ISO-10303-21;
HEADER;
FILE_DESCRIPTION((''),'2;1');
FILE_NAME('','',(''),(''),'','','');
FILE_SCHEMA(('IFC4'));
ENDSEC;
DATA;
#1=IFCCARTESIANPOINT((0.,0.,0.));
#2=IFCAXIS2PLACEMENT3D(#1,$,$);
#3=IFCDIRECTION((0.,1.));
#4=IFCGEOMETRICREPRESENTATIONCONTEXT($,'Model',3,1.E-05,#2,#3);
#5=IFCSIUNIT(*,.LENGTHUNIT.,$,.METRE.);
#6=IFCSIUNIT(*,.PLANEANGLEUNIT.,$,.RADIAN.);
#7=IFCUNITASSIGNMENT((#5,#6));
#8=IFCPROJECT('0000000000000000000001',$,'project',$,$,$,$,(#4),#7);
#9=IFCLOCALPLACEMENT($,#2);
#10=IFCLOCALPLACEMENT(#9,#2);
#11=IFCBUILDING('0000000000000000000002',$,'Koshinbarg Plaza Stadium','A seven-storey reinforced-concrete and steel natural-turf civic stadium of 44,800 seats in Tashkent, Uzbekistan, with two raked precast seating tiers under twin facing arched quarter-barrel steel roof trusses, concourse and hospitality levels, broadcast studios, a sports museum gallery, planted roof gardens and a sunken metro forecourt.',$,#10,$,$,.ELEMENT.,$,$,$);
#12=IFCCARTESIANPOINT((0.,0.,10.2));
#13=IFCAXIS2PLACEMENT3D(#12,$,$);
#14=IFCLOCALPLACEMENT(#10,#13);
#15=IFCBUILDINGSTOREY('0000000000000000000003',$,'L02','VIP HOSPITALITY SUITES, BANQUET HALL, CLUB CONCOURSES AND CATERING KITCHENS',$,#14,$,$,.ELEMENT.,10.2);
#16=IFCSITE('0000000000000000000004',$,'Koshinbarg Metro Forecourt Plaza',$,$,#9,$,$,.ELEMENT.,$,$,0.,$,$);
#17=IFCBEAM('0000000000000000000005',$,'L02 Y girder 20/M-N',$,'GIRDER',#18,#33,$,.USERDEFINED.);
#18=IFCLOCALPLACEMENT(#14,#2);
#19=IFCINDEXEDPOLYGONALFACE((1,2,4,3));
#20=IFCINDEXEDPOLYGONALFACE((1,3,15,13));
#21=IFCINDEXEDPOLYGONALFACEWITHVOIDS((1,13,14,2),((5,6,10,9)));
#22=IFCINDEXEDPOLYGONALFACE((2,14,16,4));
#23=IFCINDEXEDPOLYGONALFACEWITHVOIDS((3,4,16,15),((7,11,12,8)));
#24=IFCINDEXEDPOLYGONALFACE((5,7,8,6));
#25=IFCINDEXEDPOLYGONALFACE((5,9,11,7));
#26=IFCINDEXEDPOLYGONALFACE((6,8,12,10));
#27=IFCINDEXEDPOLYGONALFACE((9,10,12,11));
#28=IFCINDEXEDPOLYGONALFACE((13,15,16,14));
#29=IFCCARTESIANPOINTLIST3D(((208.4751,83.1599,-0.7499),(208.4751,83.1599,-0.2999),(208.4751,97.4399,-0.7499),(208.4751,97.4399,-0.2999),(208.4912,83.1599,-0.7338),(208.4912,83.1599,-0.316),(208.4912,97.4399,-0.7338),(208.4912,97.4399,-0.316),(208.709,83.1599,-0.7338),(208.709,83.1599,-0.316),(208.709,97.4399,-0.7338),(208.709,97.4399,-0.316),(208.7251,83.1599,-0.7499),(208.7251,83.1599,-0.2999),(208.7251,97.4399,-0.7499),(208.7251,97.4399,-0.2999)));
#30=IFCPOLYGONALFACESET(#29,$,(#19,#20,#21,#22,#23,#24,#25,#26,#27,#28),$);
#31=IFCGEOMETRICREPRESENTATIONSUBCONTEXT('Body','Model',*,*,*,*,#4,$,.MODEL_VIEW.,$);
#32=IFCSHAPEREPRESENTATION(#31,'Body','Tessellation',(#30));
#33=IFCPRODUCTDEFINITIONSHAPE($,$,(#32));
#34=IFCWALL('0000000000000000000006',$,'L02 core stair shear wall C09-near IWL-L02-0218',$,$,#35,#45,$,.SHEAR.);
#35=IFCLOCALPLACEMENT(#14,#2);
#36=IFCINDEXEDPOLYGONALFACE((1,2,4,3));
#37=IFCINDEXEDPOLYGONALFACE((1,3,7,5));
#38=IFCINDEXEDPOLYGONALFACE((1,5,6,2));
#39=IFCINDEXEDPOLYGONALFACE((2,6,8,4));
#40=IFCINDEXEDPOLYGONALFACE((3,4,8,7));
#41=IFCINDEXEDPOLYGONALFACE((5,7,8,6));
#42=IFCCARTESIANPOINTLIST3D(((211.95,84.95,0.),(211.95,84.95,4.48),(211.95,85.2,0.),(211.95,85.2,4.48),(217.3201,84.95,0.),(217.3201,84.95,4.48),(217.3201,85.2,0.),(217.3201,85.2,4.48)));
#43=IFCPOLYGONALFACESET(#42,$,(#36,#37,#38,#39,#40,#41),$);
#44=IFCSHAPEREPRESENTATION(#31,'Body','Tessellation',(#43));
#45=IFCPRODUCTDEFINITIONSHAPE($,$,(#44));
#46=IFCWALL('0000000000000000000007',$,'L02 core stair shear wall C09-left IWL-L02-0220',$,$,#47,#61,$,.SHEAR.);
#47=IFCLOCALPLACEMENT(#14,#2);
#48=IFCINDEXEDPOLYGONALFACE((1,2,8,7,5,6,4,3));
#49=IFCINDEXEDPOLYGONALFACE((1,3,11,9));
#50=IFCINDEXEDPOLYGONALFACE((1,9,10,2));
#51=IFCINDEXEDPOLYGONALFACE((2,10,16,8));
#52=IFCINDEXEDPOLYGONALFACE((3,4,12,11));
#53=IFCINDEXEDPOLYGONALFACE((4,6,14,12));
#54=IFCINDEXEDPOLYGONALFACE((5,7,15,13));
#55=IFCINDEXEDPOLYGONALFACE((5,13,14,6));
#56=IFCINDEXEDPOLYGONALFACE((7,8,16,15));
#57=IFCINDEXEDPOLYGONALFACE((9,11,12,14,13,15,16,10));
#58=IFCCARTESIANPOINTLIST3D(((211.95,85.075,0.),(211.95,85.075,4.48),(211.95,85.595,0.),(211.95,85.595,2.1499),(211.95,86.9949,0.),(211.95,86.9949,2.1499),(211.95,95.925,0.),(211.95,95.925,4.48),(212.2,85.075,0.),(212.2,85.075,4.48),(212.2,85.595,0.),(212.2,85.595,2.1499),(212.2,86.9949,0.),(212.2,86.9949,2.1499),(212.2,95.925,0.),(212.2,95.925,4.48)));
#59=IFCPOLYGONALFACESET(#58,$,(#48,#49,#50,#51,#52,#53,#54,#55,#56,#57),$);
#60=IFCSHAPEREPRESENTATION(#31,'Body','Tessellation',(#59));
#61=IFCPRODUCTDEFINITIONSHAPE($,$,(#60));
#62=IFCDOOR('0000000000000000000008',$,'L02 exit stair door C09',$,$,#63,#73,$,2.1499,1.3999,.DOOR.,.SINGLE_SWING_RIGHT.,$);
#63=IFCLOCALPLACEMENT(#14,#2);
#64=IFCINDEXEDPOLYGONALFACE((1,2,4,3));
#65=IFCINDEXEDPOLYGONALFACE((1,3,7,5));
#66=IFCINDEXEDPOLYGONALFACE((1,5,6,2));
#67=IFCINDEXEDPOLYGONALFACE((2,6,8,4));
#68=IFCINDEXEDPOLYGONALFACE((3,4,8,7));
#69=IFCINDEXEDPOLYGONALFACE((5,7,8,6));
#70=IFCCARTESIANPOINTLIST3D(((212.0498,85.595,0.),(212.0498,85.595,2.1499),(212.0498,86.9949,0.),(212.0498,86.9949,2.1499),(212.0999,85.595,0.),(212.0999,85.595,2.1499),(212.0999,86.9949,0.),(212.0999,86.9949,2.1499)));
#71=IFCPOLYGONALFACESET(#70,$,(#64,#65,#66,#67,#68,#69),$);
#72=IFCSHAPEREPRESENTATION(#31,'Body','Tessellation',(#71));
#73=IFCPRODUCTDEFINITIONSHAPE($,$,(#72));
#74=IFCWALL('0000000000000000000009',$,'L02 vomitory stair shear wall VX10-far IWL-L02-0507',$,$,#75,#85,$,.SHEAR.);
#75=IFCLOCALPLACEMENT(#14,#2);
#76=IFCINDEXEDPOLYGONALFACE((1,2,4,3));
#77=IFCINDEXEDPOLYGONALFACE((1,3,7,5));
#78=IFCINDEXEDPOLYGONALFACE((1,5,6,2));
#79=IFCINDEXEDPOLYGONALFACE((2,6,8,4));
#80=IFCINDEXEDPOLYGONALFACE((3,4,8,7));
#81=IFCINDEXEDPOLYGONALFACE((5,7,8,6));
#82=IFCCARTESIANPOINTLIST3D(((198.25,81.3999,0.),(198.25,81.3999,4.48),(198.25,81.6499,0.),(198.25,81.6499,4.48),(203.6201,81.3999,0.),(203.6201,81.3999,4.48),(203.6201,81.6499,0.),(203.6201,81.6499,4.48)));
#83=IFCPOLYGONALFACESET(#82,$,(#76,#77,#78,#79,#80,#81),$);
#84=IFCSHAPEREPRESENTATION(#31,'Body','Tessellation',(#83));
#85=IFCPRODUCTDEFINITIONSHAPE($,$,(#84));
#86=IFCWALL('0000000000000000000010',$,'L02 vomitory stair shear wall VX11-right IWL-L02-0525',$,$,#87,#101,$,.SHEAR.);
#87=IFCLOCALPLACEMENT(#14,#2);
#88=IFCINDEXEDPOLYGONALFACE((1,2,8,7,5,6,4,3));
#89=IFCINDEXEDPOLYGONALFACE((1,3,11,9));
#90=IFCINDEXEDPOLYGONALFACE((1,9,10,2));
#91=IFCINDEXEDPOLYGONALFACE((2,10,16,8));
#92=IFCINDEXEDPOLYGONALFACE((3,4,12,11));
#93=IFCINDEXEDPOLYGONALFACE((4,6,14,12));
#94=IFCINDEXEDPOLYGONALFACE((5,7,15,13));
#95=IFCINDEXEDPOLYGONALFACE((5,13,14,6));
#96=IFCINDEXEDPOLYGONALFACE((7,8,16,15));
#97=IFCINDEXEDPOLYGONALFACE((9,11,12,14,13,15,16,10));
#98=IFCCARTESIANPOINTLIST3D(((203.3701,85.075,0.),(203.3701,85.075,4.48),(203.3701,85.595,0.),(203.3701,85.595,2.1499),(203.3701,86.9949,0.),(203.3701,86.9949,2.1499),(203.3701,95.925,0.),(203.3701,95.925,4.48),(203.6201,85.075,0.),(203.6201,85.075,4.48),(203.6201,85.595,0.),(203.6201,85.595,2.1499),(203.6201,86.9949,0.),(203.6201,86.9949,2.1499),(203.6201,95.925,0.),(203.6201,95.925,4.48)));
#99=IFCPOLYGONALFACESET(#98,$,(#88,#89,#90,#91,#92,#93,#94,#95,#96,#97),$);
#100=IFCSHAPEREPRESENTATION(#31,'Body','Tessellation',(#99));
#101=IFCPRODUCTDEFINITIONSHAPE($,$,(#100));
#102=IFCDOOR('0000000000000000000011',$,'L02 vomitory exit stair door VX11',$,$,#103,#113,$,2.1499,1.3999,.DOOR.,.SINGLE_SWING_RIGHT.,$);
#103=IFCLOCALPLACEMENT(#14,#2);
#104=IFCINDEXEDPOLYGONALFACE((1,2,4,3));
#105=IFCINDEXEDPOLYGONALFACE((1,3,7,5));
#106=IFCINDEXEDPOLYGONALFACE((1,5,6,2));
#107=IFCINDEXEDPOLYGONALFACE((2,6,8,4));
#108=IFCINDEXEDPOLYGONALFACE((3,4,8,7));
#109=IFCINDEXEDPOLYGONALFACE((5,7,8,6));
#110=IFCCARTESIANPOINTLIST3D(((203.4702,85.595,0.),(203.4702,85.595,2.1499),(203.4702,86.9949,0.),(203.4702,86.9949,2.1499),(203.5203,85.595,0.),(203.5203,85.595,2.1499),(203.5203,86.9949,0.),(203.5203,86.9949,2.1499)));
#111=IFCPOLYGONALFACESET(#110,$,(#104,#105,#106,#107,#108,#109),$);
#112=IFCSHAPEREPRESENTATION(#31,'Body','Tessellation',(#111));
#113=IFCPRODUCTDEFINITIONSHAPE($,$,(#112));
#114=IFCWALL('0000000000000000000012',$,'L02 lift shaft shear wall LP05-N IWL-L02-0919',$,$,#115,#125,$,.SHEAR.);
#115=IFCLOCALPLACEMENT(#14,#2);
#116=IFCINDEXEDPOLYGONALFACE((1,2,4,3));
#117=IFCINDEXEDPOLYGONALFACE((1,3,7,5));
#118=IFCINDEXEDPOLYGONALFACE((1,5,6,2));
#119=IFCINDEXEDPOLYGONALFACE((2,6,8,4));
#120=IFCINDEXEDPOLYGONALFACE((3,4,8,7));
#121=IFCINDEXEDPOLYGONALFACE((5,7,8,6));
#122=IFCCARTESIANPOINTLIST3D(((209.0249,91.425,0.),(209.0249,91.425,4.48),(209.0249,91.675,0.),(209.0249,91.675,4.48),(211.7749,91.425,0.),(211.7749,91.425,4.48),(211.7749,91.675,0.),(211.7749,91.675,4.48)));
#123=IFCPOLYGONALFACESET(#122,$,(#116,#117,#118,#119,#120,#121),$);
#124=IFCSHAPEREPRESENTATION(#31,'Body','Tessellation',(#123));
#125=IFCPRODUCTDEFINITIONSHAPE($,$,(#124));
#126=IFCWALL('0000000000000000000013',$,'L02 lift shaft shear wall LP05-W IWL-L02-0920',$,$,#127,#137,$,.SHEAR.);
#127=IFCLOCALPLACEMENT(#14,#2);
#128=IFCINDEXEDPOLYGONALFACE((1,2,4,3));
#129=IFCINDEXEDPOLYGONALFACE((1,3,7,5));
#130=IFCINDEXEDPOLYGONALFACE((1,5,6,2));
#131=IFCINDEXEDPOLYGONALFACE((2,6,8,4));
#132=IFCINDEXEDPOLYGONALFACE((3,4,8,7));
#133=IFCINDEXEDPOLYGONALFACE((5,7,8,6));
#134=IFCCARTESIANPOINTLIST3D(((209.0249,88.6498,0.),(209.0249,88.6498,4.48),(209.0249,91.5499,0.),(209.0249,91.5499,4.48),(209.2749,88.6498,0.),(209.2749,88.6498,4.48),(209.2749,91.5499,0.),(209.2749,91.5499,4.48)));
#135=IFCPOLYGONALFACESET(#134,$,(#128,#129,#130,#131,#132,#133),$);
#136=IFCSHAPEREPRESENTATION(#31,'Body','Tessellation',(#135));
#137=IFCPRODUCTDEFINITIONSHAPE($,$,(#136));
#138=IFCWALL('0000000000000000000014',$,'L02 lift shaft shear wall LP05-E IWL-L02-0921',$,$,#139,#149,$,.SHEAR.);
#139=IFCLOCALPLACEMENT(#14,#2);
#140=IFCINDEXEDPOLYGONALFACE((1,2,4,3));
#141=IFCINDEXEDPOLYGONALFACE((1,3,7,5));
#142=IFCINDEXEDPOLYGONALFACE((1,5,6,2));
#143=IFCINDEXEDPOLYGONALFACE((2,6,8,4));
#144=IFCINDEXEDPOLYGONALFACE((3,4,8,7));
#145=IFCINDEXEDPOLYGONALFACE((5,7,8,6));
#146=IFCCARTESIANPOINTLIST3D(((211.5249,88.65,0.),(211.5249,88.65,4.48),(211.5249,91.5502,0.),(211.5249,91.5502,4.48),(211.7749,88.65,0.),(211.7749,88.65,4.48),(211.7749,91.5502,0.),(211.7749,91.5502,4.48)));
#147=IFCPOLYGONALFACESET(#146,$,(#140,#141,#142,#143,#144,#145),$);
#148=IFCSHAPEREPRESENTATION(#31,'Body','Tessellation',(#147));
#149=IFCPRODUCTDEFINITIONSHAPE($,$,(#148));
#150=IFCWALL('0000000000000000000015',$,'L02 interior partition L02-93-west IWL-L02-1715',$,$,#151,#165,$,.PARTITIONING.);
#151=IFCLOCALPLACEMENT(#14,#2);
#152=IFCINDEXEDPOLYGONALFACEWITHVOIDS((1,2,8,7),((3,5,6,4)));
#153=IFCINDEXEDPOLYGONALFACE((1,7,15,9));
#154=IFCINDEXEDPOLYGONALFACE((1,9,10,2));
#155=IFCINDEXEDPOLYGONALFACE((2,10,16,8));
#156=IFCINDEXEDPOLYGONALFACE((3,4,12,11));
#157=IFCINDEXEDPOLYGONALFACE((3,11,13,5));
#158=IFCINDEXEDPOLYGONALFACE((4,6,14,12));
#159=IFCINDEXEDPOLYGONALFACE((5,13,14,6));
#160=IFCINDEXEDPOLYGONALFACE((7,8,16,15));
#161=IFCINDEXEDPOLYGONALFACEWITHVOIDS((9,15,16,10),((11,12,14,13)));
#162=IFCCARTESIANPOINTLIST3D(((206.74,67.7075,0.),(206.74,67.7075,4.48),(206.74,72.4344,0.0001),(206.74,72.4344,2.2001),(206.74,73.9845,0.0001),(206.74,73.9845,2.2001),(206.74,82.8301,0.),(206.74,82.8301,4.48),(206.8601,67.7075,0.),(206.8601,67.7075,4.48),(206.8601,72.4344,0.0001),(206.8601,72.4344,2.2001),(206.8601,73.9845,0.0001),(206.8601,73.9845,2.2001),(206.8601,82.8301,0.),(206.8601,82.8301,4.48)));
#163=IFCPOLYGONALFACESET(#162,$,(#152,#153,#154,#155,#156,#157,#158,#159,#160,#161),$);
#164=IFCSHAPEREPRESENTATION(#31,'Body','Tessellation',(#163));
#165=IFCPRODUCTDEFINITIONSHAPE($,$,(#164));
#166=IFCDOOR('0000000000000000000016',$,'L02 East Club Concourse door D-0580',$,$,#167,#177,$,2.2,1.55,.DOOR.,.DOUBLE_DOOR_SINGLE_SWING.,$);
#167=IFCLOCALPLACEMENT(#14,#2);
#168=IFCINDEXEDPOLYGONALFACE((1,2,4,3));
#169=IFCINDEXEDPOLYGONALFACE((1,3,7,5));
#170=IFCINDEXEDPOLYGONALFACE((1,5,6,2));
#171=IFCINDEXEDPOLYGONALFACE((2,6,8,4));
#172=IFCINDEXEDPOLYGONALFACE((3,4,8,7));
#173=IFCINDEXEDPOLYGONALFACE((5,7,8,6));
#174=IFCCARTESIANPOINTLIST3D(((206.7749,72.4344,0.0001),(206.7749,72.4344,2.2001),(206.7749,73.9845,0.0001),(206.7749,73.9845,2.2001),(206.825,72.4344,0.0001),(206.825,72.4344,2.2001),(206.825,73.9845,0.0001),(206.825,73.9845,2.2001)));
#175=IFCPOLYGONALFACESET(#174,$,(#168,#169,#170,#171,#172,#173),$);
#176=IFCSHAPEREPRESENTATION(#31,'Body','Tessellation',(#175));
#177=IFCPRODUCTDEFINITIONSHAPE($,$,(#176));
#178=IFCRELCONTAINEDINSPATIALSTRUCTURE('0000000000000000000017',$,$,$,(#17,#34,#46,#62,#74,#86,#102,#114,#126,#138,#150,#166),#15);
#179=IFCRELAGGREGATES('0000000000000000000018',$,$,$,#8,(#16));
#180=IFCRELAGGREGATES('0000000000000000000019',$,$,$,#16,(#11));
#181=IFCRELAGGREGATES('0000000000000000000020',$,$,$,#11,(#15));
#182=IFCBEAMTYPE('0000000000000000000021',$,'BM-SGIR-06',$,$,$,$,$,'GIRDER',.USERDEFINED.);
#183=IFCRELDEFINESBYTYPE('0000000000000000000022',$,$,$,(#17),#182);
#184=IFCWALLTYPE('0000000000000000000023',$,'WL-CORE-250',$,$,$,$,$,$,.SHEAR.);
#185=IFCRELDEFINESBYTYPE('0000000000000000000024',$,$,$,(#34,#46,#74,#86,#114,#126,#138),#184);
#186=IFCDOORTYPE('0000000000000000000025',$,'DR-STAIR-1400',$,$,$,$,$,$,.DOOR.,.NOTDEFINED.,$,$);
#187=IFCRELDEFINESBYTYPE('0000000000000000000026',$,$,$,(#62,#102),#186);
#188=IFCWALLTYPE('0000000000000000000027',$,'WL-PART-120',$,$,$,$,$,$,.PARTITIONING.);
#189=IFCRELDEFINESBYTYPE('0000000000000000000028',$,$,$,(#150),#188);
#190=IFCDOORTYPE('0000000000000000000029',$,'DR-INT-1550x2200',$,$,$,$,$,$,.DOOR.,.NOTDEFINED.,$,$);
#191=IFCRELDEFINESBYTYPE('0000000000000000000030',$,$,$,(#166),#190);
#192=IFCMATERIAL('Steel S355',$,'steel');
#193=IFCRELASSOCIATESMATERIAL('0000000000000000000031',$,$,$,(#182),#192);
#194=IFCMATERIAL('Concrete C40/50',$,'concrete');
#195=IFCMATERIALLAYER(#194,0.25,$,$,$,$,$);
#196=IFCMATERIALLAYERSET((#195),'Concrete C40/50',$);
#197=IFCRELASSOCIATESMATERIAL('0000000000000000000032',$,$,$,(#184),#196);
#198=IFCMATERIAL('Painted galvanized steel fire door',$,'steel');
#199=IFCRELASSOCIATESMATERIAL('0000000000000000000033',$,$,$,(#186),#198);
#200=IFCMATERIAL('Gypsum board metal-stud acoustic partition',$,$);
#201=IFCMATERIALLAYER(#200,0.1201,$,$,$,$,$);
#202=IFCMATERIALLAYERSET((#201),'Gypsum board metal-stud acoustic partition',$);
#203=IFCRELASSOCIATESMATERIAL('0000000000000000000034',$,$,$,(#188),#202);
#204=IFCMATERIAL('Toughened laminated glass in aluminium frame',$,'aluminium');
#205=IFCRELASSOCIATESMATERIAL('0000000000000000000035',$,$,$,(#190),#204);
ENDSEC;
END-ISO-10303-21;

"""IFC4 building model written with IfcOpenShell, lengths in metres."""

from ifc_helpers import new_model, si_unit, direction, frame, frame_2d, origin, origin_2d, place, context, subcontext, project, spatial, rectangle, hollow_rectangle, extrude, material, layer, layer_set, material_profile, profile_set, type_object, element, fill, save


model = new_model("IFC4")

# Units and contexts
model_context = context("Model", 3, precision=1e-05, world=origin(), true_north=direction((0.0, 1.0)))
body_context = subcontext(model_context, "Body", "Model", "MODEL_VIEW")
ifc_project = project(units=[si_unit("LENGTHUNIT", "METRE"), si_unit("PLANEANGLEUNIT", "RADIAN")], contexts=[model_context])

# Site, building, storey
site_placement = place(None, origin())
site = spatial("IfcSite", under=ifc_project, at=site_placement, Name="Koshinbarg Metro Forecourt Plaza", CompositionType="ELEMENT", RefElevation=0.0)
building_placement = place(site_placement, origin())
building = spatial("IfcBuilding", under=site, at=building_placement, Name="Koshinbarg Plaza Stadium", Description="A seven-storey reinforced-concrete and steel natural-turf civic stadium of 44,800 seats in Tashkent, Uzbekistan, with two raked precast seating tiers under twin facing arched quarter-barrel steel roof trusses, concourse and hospitality levels, broadcast studios, a sports museum gallery, planted roof gardens and a sunken metro forecourt.", CompositionType="ELEMENT")
storey_placement = place(building_placement, frame((0.0, 0.0, 10.2)))
storey = spatial("IfcBuildingStorey", under=building, at=storey_placement, Name="L02", Description="VIP HOSPITALITY SUITES, BANQUET HALL, CLUB CONCOURSES AND CATERING KITCHENS", CompositionType="ELEMENT", Elevation=10.2)

# Shared definitions
ifc_material_1 = material(Name="Concrete C40/50", Category="concrete")

# Beam
ifc_material_2 = material(Name="Steel S355", Category="steel")
ifc_material_profile_1 = material_profile(ifc_material_2, hollow_rectangle(XDim=0.25, YDim=0.45, WallThickness=0.0161, at=origin_2d()), Name="RHS 450x250x16")
ifc_profile_set_1 = profile_set([ifc_material_profile_1], Name="Steel S355")
beam_type_1 = type_object("IfcBeamType", Name="BM-SGIR-06", ElementType="GIRDER", PredefinedType="USERDEFINED", material=ifc_profile_set_1)
beam_1_placement = place(storey_placement, frame((208.6001, 83.1599, -0.5249), z_axis=(0.0, 1.0, 0.0), x_axis=(-1.0, 0.0, 0.0)))
element("IfcBeam", 1, at=beam_1_placement, inside=storey, type_object=beam_type_1, Name="L02 Y girder 20/M-N", ObjectType="GIRDER", PredefinedType="USERDEFINED", context=body_context, shape_type="SweptSolid", body=[
    extrude(hollow_rectangle(XDim=0.25, YDim=0.45, WallThickness=0.0161, at=origin_2d()), origin(), (0.0, 0.0, 1.0), 14.28),
])

# Wall
ifc_layer_1 = layer(ifc_material_1, 0.25)
ifc_layer_set_1 = layer_set([ifc_layer_1], Name="Concrete C40/50")
wall_type_1 = type_object("IfcWallType", Name="WL-CORE-250", PredefinedType="SHEAR", material=ifc_layer_set_1)
wall_1_placement = place(storey_placement, frame((211.95, 85.075, 0.0), z_axis=(0.0, 0.0, 1.0), x_axis=(1.0, 0.0, 0.0)))
element("IfcWall", 2, at=wall_1_placement, inside=storey, type_object=wall_type_1, Name="L02 core stair shear wall C09-near IWL-L02-0218", PredefinedType="SHEAR", context=body_context, shape_type="SweptSolid", body=[
    extrude(rectangle(XDim=5.3701, YDim=0.25, at=frame_2d((2.6851, 0.0))), origin(), (0.0, 0.0, 1.0), 4.48),
])

# Wall, opening, door
wall_2_placement = place(storey_placement, frame((212.075, 85.075, 0.0), z_axis=(0.0, 0.0, 1.0), x_axis=(0.0, 1.0, 0.0)))
wall_2 = element("IfcWall", 3, at=wall_2_placement, inside=storey, type_object=wall_type_1, Name="L02 core stair shear wall C09-left IWL-L02-0220", PredefinedType="SHEAR", context=body_context, shape_type="SweptSolid", body=[
    extrude(rectangle(XDim=10.8501, YDim=0.25, at=frame_2d((5.425, 0.0))), origin(), (0.0, 0.0, 1.0), 4.48),
])
opening_1_placement = place(wall_2_placement, frame((0.52, 0.0, 0.0)))
opening_1 = element("IfcOpeningElement", 4, at=opening_1_placement, cuts=wall_2, PredefinedType="OPENING", context=body_context, shape_type="SweptSolid", body=[
    extrude(rectangle(XDim=1.3999, YDim=2.1499, at=frame_2d((0.7, 1.075))), frame((0.0, 0.135, 0.0), z_axis=(0.0, -1.0, 0.0), x_axis=(1.0, 0.0, 0.0)), (0.0, 0.0, 1.0), 0.27),
])
ifc_material_3 = material(Name="Painted galvanized steel fire door", Category="steel")
door_type_1 = type_object("IfcDoorType", Name="DR-STAIR-1400", OperationType="NOTDEFINED", PredefinedType="DOOR", material=ifc_material_3)
door_1_placement = place(opening_1_placement, frame((1.3999, 0.0, 0.0), z_axis=(0.0, 0.0, 1.0), x_axis=(-1.0, 0.0, 0.0)))
door_1 = element("IfcDoor", 5, at=door_1_placement, inside=storey, type_object=door_type_1, Name="L02 exit stair door C09", OperationType="SINGLE_SWING_RIGHT", OverallHeight=2.1499, OverallWidth=1.3999, PredefinedType="DOOR", context=body_context, shape_type="SweptSolid", body=[
    extrude(rectangle(XDim=1.3999, YDim=2.1499, at=frame_2d((0.7, 1.075))), frame((0.0, 0.0249, 0.0), z_axis=(0.0, -1.0, 0.0), x_axis=(1.0, 0.0, 0.0)), (0.0, 0.0, 1.0), 0.05),
])
fill(opening_1, door_1)

# Wall
wall_3_placement = place(storey_placement, frame((203.6201, 81.5249, 0.0), z_axis=(0.0, 0.0, 1.0), x_axis=(-1.0, 0.0, 0.0)))
element("IfcWall", 6, at=wall_3_placement, inside=storey, type_object=wall_type_1, Name="L02 vomitory stair shear wall VX10-far IWL-L02-0507", PredefinedType="SHEAR", context=body_context, shape_type="SweptSolid", body=[
    extrude(rectangle(XDim=5.3701, YDim=0.25, at=frame_2d((2.6851, 0.0))), origin(), (0.0, 0.0, 1.0), 4.48),
])

# Wall, opening, door
wall_4_placement = place(storey_placement, frame((203.4951, 85.075, 0.0), z_axis=(0.0, 0.0, 1.0), x_axis=(0.0, 1.0, 0.0)))
wall_4 = element("IfcWall", 7, at=wall_4_placement, inside=storey, type_object=wall_type_1, Name="L02 vomitory stair shear wall VX11-right IWL-L02-0525", PredefinedType="SHEAR", context=body_context, shape_type="SweptSolid", body=[
    extrude(rectangle(XDim=10.8501, YDim=0.25, at=frame_2d((5.425, 0.0))), origin(), (0.0, 0.0, 1.0), 4.48),
])
opening_2_placement = place(wall_4_placement, frame((0.52, 0.0, 0.0)))
opening_2 = element("IfcOpeningElement", 8, at=opening_2_placement, cuts=wall_4, PredefinedType="OPENING", context=body_context, shape_type="SweptSolid", body=[
    extrude(rectangle(XDim=1.3999, YDim=2.1499, at=frame_2d((0.7, 1.075))), frame((0.0, 0.135, 0.0), z_axis=(0.0, -1.0, 0.0), x_axis=(1.0, 0.0, 0.0)), (0.0, 0.0, 1.0), 0.27),
])
door_2_placement = place(opening_2_placement, origin())
door_2 = element("IfcDoor", 9, at=door_2_placement, inside=storey, type_object=door_type_1, Name="L02 vomitory exit stair door VX11", OperationType="SINGLE_SWING_RIGHT", OverallHeight=2.1499, OverallWidth=1.3999, PredefinedType="DOOR", context=body_context, shape_type="SweptSolid", body=[
    extrude(rectangle(XDim=1.3999, YDim=2.1499, at=frame_2d((0.7, 1.075))), frame((0.0, 0.0249, 0.0), z_axis=(0.0, -1.0, 0.0), x_axis=(1.0, 0.0, 0.0)), (0.0, 0.0, 1.0), 0.05),
])
fill(opening_2, door_2)

# Walls
wall_5_placement = place(storey_placement, frame((211.7749, 91.55, 0.0), z_axis=(0.0, 0.0, 1.0), x_axis=(-1.0, 0.0, 0.0)))
element("IfcWall", 10, at=wall_5_placement, inside=storey, type_object=wall_type_1, Name="L02 lift shaft shear wall LP05-N IWL-L02-0919", PredefinedType="SHEAR", context=body_context, shape_type="SweptSolid", body=[
    extrude(rectangle(XDim=2.75, YDim=0.25, at=frame_2d((1.375, 0.0))), origin(), (0.0, 0.0, 1.0), 4.48),
])
for number, where, z_axis, x_axis, name in (
    (11, (209.1499, 91.55, 0.0), (0.0, 0.0, 1.0), (0.0, -1.0, 0.0), "L02 lift shaft shear wall LP05-W IWL-L02-0920"),
    (12, (211.6499, 88.6499, 0.0), (0.0, 0.0, 1.0), (0.0, 1.0, 0.0), "L02 lift shaft shear wall LP05-E IWL-L02-0921"),
):
    element("IfcWall", number, at=place(storey_placement, frame(where, z_axis=z_axis, x_axis=x_axis)), inside=storey, type_object=wall_type_1, Name=name, PredefinedType="SHEAR", context=body_context, shape_type="SweptSolid", body=[
        extrude(rectangle(XDim=2.9001, YDim=0.25, at=frame_2d((1.4502, 0.0))), origin(), (0.0, 0.0, 1.0), 4.48),
    ])

# Wall, opening, door
ifc_material_4 = material(Name="Gypsum board metal-stud acoustic partition")
ifc_layer_2 = layer(ifc_material_4, 0.1201)
ifc_layer_set_2 = layer_set([ifc_layer_2], Name="Gypsum board metal-stud acoustic partition")
wall_type_2 = type_object("IfcWallType", Name="WL-PART-120", PredefinedType="PARTITIONING", material=ifc_layer_set_2)
wall_6_placement = place(storey_placement, frame((206.8, 82.8301, 0.0), z_axis=(0.0, 0.0, 1.0), x_axis=(0.0, -1.0, 0.0)))
wall_6 = element("IfcWall", 13, at=wall_6_placement, inside=storey, type_object=wall_type_2, Name="L02 interior partition L02-93-west IWL-L02-1715", PredefinedType="PARTITIONING", context=body_context, shape_type="SweptSolid", body=[
    extrude(rectangle(XDim=15.1226, YDim=0.1201, at=frame_2d((7.5613, 0.0))), origin(), (0.0, 0.0, 1.0), 4.48),
])
opening_3_placement = place(wall_6_placement, frame((8.8457, 0.0, 0.0)))
opening_3 = element("IfcOpeningElement", 14, at=opening_3_placement, cuts=wall_6, PredefinedType="OPENING", context=body_context, shape_type="SweptSolid", body=[
    extrude(rectangle(XDim=1.55, YDim=2.2, at=frame_2d((0.7749, 1.1001))), frame((0.0, 0.0701, 0.0), z_axis=(0.0, -1.0, 0.0), x_axis=(1.0, 0.0, 0.0)), (0.0, 0.0, 1.0), 0.1401),
])
ifc_material_5 = material(Name="Toughened laminated glass in aluminium frame", Category="aluminium")
door_type_2 = type_object("IfcDoorType", Name="DR-INT-1550x2200", OperationType="NOTDEFINED", PredefinedType="DOOR", material=ifc_material_5)
door_3_placement = place(opening_3_placement, origin())
door_3 = element("IfcDoor", 15, at=door_3_placement, inside=storey, type_object=door_type_2, Name="L02 East Club Concourse door D-0580", OperationType="DOUBLE_DOOR_SINGLE_SWING", OverallHeight=2.2, OverallWidth=1.55, PredefinedType="DOOR", context=body_context, shape_type="SweptSolid", body=[
    extrude(rectangle(XDim=1.55, YDim=2.2, at=frame_2d((0.7749, 1.1001))), frame((0.0, 0.0249, 0.0), z_axis=(0.0, -1.0, 0.0), x_axis=(1.0, 0.0, 0.0)), (0.0, 0.0, 1.0), 0.05),
])
fill(opening_3, door_3)

save(model, "model.ifc")
